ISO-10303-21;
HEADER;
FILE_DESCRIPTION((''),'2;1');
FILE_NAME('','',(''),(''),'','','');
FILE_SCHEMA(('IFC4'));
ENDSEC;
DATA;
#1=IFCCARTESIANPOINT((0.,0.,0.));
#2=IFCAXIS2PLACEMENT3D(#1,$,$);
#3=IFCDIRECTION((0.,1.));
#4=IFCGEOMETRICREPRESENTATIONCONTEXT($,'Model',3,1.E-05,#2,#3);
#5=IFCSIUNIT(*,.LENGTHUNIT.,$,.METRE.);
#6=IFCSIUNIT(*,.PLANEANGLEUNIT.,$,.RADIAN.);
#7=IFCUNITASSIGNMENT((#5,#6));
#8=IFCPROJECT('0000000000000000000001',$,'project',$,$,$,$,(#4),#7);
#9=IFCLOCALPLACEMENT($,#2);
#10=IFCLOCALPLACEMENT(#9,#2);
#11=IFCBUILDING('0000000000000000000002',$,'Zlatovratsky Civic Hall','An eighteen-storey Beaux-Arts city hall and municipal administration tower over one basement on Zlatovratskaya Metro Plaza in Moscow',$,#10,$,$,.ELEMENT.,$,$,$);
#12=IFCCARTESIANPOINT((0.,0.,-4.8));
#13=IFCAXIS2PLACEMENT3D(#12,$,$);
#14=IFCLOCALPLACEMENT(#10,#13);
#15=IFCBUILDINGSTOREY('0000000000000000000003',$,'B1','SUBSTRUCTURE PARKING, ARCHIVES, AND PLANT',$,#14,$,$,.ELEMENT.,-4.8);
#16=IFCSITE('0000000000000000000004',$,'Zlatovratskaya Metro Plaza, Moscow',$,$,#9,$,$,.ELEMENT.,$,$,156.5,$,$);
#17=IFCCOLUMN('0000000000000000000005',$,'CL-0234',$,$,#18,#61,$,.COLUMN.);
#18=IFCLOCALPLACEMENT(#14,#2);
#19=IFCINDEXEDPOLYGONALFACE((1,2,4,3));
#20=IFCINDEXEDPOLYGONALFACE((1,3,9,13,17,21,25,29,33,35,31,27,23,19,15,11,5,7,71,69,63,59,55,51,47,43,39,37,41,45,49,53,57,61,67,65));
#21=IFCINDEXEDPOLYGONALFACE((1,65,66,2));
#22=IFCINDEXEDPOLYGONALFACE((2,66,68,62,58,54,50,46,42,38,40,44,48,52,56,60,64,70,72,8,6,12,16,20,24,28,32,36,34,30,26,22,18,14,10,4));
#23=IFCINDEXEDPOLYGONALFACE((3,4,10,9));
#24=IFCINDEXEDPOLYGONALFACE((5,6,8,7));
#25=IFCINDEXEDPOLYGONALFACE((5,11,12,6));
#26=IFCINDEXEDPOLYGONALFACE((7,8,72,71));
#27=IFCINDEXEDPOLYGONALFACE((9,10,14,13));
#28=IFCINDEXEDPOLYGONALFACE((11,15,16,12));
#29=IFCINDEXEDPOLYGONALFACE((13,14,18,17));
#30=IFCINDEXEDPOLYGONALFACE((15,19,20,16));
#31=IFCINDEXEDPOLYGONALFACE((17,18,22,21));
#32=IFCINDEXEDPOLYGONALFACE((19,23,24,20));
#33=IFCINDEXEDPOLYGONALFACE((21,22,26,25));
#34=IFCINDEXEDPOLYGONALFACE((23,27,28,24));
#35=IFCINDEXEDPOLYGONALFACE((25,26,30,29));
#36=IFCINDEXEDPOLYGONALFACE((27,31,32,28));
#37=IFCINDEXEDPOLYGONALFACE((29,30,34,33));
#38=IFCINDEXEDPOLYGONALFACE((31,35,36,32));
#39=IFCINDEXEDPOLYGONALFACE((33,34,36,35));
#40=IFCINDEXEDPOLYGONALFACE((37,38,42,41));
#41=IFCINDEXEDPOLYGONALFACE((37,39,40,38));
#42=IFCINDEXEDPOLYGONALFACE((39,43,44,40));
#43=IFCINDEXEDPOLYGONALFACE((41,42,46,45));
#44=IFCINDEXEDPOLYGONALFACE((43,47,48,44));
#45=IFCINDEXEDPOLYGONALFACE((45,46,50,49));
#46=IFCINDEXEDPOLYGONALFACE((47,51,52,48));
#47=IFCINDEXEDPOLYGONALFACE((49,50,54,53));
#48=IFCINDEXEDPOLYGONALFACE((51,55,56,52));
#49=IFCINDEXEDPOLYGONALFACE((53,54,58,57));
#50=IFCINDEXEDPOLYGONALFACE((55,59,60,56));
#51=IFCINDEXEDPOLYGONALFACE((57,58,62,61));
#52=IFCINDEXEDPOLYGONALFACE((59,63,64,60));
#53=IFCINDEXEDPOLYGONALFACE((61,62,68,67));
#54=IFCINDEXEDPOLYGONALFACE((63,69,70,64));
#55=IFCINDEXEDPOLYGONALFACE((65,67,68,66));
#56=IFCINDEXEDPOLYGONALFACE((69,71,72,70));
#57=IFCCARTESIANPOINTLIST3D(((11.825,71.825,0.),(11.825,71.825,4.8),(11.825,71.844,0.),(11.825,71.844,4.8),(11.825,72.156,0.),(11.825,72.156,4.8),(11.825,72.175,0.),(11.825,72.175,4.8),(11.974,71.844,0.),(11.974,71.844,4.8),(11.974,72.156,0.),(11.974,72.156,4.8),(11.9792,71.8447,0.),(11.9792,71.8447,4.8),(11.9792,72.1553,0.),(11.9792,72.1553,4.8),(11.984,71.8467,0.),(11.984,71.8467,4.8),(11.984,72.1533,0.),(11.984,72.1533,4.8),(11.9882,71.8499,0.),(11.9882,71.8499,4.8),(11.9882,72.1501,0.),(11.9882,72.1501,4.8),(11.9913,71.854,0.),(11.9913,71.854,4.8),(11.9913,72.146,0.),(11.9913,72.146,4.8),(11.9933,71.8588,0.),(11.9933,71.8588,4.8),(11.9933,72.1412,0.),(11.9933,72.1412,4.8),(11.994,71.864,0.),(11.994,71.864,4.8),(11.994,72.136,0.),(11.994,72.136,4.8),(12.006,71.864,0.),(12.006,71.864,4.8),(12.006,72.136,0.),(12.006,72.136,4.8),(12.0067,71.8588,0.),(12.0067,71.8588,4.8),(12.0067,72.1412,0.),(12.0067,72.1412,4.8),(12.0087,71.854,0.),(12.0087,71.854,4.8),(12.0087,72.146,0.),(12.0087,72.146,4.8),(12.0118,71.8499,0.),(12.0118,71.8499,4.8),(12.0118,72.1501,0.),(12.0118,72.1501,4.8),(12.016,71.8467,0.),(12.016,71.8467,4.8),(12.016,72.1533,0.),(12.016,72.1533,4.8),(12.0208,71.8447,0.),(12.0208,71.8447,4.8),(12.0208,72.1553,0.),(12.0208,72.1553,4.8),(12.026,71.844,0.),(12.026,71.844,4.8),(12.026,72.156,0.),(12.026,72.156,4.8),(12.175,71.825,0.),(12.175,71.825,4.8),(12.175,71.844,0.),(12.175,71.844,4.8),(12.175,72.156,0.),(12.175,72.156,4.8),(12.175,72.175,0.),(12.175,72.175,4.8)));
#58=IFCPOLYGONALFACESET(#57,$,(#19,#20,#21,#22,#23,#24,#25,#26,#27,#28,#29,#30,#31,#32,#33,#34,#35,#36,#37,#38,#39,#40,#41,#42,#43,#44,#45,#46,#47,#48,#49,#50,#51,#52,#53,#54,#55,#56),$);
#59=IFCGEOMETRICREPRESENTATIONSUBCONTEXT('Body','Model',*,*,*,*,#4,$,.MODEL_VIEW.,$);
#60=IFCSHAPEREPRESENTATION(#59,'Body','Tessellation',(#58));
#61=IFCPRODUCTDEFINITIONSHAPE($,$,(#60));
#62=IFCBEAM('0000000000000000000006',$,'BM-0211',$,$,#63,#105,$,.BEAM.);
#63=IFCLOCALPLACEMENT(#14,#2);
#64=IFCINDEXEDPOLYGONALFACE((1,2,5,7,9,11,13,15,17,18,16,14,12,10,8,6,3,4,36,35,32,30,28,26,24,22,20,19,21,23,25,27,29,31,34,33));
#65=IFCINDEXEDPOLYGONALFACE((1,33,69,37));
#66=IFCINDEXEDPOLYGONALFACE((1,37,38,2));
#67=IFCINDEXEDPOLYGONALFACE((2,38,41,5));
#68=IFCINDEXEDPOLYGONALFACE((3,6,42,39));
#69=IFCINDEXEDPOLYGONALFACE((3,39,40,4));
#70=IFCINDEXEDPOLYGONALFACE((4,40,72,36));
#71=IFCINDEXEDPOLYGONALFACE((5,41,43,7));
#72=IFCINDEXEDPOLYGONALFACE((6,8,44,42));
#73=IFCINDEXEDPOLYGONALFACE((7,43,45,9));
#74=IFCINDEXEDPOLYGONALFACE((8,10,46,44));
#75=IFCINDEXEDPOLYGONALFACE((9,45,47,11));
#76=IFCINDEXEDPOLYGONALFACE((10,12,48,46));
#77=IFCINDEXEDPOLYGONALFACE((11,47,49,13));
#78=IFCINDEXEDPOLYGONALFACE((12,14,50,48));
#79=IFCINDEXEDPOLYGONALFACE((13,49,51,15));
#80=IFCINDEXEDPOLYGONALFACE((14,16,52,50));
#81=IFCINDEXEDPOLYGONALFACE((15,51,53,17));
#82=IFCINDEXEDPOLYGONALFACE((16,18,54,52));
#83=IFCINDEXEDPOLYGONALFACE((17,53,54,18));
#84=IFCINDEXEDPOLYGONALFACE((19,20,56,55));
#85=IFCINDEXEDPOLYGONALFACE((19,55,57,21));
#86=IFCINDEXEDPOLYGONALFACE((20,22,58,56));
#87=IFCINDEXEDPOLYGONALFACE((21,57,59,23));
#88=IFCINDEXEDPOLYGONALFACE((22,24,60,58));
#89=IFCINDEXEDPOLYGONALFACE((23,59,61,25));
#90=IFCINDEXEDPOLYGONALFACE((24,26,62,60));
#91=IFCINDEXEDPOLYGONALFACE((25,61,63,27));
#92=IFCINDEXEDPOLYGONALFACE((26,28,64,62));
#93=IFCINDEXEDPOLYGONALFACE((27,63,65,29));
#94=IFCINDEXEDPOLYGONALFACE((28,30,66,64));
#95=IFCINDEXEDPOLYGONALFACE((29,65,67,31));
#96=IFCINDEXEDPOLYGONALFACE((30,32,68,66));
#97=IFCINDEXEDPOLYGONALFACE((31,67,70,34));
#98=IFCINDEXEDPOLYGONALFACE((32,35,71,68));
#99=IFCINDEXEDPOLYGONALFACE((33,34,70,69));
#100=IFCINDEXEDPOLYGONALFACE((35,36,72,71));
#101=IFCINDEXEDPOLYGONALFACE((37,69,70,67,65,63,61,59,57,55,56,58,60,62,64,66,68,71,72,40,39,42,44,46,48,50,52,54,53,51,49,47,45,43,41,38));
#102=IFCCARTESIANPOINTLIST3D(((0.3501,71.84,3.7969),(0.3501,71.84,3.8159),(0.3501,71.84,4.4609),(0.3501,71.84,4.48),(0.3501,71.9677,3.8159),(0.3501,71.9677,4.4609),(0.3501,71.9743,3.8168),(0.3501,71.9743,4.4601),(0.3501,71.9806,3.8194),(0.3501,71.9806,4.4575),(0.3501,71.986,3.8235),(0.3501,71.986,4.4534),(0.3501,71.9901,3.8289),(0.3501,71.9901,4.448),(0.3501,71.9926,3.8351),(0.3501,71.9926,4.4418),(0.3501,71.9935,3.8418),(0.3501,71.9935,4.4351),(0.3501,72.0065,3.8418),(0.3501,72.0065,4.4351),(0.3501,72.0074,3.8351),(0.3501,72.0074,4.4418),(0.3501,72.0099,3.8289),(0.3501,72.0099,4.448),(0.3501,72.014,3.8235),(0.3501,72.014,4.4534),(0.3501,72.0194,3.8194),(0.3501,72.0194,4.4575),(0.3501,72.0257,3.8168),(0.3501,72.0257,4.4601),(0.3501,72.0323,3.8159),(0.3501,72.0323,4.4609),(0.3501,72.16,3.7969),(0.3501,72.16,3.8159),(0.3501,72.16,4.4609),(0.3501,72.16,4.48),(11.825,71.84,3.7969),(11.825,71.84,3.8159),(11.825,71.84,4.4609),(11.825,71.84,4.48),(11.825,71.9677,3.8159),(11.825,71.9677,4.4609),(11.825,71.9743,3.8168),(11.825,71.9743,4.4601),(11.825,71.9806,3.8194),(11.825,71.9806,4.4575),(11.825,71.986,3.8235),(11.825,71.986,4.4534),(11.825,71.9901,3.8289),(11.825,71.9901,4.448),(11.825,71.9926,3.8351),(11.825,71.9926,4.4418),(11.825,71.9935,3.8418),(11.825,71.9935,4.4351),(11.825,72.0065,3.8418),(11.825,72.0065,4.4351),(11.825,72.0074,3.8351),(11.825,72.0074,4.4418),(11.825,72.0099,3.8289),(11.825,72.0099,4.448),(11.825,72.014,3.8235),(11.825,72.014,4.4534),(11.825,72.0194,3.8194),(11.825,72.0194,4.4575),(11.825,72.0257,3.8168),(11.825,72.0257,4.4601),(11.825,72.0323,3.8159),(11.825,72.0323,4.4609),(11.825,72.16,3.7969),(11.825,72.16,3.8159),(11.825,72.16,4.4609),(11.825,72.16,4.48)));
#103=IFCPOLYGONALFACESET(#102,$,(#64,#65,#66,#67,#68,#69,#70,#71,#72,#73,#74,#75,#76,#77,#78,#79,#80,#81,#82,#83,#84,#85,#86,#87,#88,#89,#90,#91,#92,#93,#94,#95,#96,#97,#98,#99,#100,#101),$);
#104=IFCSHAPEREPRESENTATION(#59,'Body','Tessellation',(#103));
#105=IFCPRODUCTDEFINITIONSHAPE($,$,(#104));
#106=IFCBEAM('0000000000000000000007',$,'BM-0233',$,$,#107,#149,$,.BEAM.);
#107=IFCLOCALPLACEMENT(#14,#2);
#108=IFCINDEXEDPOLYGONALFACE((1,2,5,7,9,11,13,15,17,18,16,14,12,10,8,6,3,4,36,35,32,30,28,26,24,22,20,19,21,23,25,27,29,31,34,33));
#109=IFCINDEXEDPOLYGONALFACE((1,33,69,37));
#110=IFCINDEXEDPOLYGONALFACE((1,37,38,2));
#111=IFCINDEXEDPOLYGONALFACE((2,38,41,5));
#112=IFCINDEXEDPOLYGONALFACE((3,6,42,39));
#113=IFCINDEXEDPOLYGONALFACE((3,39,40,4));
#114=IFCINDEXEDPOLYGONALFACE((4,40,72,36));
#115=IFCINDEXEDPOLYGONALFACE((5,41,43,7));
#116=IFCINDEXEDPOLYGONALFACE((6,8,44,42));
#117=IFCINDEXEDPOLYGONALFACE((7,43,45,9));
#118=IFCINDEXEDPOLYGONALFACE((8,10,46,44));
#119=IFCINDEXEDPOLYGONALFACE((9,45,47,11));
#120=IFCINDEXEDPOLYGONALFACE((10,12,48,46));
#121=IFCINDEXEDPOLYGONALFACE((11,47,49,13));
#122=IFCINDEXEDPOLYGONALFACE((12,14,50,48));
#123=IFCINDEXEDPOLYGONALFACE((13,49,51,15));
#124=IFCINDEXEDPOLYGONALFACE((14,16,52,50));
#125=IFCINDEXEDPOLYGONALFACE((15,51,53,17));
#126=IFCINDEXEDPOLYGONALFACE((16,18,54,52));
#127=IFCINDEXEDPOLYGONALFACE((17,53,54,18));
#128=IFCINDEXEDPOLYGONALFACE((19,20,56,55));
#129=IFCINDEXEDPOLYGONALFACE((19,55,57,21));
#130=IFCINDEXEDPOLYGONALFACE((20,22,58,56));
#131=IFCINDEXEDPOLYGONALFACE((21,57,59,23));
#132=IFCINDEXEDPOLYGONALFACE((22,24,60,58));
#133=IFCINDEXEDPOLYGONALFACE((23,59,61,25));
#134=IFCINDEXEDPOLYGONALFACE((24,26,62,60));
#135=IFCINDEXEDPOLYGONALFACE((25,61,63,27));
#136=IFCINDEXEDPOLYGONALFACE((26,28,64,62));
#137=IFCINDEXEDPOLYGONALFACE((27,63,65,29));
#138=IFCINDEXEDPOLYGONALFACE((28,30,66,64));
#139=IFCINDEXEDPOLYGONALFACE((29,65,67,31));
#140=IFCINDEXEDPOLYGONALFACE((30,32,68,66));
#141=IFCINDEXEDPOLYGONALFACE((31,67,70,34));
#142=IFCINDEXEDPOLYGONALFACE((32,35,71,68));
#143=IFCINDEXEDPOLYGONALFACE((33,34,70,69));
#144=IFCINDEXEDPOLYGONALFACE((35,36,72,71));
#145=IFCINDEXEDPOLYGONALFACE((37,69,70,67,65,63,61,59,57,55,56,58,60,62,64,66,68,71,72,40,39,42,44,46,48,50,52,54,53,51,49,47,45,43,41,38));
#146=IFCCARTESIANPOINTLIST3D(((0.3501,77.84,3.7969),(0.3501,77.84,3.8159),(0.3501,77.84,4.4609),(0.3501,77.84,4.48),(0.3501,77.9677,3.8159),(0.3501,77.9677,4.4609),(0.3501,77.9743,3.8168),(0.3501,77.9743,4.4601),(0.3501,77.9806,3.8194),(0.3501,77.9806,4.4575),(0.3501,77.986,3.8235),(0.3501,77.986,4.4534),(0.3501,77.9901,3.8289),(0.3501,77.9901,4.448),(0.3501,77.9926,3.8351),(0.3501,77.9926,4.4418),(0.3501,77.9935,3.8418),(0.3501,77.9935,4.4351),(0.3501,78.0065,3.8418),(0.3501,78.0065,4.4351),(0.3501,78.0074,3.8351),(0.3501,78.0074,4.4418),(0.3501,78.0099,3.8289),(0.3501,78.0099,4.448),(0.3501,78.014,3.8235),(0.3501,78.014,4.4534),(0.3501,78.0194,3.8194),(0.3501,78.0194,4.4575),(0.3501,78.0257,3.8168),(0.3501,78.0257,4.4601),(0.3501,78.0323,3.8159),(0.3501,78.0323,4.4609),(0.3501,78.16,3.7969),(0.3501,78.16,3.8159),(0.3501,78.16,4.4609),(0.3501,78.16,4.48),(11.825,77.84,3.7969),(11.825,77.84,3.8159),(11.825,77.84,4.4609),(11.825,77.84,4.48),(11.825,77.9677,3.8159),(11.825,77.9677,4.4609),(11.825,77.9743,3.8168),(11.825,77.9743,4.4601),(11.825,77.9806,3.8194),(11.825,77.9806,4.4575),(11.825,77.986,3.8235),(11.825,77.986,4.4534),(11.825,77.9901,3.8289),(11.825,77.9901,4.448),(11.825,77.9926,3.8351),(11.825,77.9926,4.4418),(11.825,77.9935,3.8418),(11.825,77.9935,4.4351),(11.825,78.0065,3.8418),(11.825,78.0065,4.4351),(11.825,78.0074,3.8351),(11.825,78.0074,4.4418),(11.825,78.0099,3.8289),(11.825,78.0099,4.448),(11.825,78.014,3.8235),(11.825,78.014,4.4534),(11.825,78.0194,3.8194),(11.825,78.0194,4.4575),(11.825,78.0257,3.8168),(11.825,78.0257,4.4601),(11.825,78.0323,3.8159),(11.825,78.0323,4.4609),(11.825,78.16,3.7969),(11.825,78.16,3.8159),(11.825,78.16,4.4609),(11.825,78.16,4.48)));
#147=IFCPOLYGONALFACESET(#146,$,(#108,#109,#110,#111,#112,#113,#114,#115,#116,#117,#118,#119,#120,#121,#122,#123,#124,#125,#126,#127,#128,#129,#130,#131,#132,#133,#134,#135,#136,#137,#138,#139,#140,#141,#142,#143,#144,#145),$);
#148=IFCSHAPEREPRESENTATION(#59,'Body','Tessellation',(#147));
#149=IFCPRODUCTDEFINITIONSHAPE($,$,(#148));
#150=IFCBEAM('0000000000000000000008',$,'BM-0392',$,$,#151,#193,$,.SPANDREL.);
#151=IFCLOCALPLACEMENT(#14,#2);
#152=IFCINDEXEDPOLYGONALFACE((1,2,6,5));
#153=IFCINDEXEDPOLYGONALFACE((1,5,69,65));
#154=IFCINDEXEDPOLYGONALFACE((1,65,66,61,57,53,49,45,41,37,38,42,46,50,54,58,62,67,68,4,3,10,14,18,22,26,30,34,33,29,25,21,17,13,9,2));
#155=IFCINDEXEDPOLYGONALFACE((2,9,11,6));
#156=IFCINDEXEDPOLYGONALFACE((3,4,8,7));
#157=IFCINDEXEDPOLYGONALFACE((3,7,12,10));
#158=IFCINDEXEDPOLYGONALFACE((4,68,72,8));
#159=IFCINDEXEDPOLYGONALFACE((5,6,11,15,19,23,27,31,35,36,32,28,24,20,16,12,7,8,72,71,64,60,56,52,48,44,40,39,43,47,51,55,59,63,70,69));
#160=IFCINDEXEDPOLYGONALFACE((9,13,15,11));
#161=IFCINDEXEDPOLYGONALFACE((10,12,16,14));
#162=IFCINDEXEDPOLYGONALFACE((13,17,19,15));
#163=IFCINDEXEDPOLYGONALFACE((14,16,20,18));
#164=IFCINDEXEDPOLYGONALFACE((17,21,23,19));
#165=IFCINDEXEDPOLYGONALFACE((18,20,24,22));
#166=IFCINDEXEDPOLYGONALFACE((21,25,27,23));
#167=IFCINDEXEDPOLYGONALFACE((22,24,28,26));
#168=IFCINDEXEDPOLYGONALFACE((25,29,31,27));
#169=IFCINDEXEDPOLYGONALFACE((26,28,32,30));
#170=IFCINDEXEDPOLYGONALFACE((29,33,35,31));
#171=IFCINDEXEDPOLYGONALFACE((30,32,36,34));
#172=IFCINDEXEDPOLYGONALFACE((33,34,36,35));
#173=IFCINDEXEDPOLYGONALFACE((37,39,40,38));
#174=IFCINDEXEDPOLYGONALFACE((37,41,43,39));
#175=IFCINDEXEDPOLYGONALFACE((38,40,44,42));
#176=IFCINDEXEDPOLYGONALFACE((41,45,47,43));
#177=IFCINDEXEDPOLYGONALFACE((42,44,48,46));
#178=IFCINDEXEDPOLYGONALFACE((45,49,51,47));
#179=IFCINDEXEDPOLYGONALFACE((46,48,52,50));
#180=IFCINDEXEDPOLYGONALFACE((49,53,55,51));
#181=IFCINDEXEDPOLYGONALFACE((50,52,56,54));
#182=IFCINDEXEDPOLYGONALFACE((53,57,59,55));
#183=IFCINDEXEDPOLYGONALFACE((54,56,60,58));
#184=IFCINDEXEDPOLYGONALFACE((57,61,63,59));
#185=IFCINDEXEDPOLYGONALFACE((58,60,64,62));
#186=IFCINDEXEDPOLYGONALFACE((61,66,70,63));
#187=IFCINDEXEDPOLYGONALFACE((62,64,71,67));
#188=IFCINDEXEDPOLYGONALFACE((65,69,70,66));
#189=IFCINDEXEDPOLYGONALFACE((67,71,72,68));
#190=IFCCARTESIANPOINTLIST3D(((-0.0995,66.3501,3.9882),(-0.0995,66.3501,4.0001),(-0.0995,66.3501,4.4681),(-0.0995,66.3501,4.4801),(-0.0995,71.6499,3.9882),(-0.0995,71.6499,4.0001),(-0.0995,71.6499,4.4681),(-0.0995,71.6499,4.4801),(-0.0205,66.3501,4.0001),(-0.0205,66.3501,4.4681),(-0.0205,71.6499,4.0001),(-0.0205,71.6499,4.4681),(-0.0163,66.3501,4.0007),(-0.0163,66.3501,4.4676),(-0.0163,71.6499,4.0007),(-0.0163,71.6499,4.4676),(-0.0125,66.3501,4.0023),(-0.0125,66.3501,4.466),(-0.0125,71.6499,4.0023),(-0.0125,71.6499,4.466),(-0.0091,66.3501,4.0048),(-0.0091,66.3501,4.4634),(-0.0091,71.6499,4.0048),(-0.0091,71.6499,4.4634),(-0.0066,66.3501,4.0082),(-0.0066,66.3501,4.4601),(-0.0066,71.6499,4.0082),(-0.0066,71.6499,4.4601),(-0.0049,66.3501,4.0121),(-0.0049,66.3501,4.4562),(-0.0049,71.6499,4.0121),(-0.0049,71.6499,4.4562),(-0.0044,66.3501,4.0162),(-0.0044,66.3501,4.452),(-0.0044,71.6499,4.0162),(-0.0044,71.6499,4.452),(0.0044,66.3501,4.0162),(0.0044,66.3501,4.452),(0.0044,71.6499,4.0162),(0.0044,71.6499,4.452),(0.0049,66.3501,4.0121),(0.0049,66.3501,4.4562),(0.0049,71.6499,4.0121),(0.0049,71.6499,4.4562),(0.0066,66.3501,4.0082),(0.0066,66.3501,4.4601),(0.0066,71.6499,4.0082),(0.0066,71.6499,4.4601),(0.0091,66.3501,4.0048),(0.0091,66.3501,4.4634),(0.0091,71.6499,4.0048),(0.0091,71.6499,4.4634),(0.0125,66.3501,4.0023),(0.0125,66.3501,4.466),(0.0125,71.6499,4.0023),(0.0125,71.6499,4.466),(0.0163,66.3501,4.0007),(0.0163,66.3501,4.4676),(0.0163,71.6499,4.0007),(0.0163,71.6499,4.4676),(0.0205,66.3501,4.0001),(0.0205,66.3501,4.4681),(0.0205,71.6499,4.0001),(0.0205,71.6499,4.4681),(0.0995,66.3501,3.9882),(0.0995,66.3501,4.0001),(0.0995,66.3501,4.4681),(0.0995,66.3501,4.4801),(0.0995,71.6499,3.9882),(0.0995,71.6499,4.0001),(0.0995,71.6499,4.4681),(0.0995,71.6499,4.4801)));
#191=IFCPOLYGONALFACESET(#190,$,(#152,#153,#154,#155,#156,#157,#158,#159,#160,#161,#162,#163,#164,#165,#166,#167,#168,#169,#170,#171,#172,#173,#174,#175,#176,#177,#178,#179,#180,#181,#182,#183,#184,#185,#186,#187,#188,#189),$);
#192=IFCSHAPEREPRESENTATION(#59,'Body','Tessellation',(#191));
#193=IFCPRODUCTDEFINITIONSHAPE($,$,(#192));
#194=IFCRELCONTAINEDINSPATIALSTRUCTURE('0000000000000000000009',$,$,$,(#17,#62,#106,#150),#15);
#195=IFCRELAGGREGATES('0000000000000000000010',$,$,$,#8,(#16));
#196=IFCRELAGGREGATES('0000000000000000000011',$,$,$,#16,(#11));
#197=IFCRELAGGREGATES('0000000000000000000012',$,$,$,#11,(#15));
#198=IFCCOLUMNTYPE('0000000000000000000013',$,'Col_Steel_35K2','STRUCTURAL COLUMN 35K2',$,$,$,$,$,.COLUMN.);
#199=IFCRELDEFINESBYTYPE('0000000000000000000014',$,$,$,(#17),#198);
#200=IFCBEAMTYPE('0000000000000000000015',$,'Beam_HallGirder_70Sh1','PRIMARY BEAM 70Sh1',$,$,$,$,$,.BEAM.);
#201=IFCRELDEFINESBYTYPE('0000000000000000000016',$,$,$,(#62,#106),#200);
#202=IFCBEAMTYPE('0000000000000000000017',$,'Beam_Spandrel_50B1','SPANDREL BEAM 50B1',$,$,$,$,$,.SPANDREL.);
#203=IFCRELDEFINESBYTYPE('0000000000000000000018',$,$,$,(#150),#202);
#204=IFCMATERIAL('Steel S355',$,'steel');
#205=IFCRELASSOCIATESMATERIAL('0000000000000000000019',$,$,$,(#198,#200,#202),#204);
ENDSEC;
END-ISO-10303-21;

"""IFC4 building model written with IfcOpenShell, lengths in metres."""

from ifc_helpers import new_model, si_unit, direction, frame, origin, origin_2d, place, context, subcontext, project, spatial, i_section, extrude, material, material_profile, profile_set, type_object, element, save


model = new_model("IFC4")

# Units and contexts
model_context = context("Model", 3, precision=1e-05, world=origin(), true_north=direction((0.0, 1.0)))
body_context = subcontext(model_context, "Body", "Model", "MODEL_VIEW")
ifc_project = project(units=[si_unit("LENGTHUNIT", "METRE"), si_unit("PLANEANGLEUNIT", "RADIAN")], contexts=[model_context])

# Site, building, storey
site_placement = place(None, origin())
site = spatial("IfcSite", under=ifc_project, at=site_placement, Name="Zlatovratskaya Metro Plaza, Moscow", CompositionType="ELEMENT", RefElevation=156.5)
building_placement = place(site_placement, origin())
building = spatial("IfcBuilding", under=site, at=building_placement, Name="Zlatovratsky Civic Hall", Description="An eighteen-storey Beaux-Arts city hall and municipal administration tower over one basement on Zlatovratskaya Metro Plaza in Moscow", CompositionType="ELEMENT")
storey_placement = place(building_placement, frame((0.0, 0.0, -4.8)))
storey = spatial("IfcBuildingStorey", under=building, at=storey_placement, Name="B1", Description="SUBSTRUCTURE PARKING, ARCHIVES, AND PLANT", CompositionType="ELEMENT", Elevation=-4.8)

# Column
ifc_material_1 = material(Name="Steel S355", Category="steel")
ifc_material_profile_1 = material_profile(ifc_material_1, i_section(OverallWidth=0.3501, OverallDepth=0.3501, WebThickness=0.012, FlangeThickness=0.019, FilletRadius=0.02, at=origin_2d()), Name="35K2")
ifc_profile_set_1 = profile_set([ifc_material_profile_1], Name="Steel S355")
column_type_1 = type_object("IfcColumnType", Name="Col_Steel_35K2", Description="STRUCTURAL COLUMN 35K2", PredefinedType="COLUMN", material=ifc_profile_set_1)
column_placement = place(storey_placement, frame((12.0, 72.0, 0.0), z_axis=(0.0, 0.0, 1.0), x_axis=(1.0, 0.0, 0.0)))
element("IfcColumn", 1, at=column_placement, inside=storey, type_object=column_type_1, Name="CL-0234", PredefinedType="COLUMN", context=body_context, shape_type="SweptSolid", body=[
    extrude(i_section(OverallWidth=0.3501, OverallDepth=0.3501, WebThickness=0.012, FlangeThickness=0.019, FilletRadius=0.02, at=origin_2d()), origin(), (0.0, 0.0, 1.0), 4.8),
])

# Beams
ifc_material_profile_2 = material_profile(ifc_material_1, i_section(OverallWidth=0.3201, OverallDepth=0.6831, WebThickness=0.0129, FlangeThickness=0.019, FilletRadius=0.0259, at=origin_2d()), Name="70Sh1")
ifc_profile_set_2 = profile_set([ifc_material_profile_2], Name="Steel S355")
beam_type_1 = type_object("IfcBeamType", Name="Beam_HallGirder_70Sh1", Description="PRIMARY BEAM 70Sh1", PredefinedType="BEAM", material=ifc_profile_set_2)
for number, where, z_axis, x_axis, name in (
    (2, (0.3501, 72.0, 4.1384), (1.0, 0.0, 0.0), (0.0, 1.0, 0.0), "BM-0211"),
    (3, (0.3501, 78.0, 4.1384), (1.0, 0.0, 0.0), (0.0, 1.0, 0.0), "BM-0233"),
):
    element("IfcBeam", number, at=place(storey_placement, frame(where, z_axis=z_axis, x_axis=x_axis)), inside=storey, type_object=beam_type_1, Name=name, PredefinedType="BEAM", context=body_context, shape_type="SweptSolid", body=[
        extrude(i_section(OverallWidth=0.3201, OverallDepth=0.6831, WebThickness=0.0129, FlangeThickness=0.019, FilletRadius=0.0259, at=origin_2d()), origin(), (0.0, 0.0, 1.0), 11.4749),
    ])
ifc_material_profile_3 = material_profile(ifc_material_1, i_section(OverallWidth=0.199, OverallDepth=0.4919, WebThickness=0.0088, FlangeThickness=0.012, FilletRadius=0.0161, at=origin_2d()), Name="50B1")
ifc_profile_set_3 = profile_set([ifc_material_profile_3], Name="Steel S355")
beam_type_2 = type_object("IfcBeamType", Name="Beam_Spandrel_50B1", Description="SPANDREL BEAM 50B1", PredefinedType="SPANDREL", material=ifc_profile_set_3)
for number, where, z_axis, x_axis, name in (
    (4, (0.0, 66.3501, 4.2341), (0.0, 1.0, 0.0), (-1.0, 0.0, 0.0), "BM-0392"),
):
    element("IfcBeam", number, at=place(storey_placement, frame(where, z_axis=z_axis, x_axis=x_axis)), inside=storey, type_object=beam_type_2, Name=name, PredefinedType="SPANDREL", context=body_context, shape_type="SweptSolid", body=[
        extrude(i_section(OverallWidth=0.199, OverallDepth=0.4919, WebThickness=0.0088, FlangeThickness=0.012, FilletRadius=0.0161, at=origin_2d()), origin(), (0.0, 0.0, 1.0), 5.2998),
    ])

save(model, "model.ifc")
